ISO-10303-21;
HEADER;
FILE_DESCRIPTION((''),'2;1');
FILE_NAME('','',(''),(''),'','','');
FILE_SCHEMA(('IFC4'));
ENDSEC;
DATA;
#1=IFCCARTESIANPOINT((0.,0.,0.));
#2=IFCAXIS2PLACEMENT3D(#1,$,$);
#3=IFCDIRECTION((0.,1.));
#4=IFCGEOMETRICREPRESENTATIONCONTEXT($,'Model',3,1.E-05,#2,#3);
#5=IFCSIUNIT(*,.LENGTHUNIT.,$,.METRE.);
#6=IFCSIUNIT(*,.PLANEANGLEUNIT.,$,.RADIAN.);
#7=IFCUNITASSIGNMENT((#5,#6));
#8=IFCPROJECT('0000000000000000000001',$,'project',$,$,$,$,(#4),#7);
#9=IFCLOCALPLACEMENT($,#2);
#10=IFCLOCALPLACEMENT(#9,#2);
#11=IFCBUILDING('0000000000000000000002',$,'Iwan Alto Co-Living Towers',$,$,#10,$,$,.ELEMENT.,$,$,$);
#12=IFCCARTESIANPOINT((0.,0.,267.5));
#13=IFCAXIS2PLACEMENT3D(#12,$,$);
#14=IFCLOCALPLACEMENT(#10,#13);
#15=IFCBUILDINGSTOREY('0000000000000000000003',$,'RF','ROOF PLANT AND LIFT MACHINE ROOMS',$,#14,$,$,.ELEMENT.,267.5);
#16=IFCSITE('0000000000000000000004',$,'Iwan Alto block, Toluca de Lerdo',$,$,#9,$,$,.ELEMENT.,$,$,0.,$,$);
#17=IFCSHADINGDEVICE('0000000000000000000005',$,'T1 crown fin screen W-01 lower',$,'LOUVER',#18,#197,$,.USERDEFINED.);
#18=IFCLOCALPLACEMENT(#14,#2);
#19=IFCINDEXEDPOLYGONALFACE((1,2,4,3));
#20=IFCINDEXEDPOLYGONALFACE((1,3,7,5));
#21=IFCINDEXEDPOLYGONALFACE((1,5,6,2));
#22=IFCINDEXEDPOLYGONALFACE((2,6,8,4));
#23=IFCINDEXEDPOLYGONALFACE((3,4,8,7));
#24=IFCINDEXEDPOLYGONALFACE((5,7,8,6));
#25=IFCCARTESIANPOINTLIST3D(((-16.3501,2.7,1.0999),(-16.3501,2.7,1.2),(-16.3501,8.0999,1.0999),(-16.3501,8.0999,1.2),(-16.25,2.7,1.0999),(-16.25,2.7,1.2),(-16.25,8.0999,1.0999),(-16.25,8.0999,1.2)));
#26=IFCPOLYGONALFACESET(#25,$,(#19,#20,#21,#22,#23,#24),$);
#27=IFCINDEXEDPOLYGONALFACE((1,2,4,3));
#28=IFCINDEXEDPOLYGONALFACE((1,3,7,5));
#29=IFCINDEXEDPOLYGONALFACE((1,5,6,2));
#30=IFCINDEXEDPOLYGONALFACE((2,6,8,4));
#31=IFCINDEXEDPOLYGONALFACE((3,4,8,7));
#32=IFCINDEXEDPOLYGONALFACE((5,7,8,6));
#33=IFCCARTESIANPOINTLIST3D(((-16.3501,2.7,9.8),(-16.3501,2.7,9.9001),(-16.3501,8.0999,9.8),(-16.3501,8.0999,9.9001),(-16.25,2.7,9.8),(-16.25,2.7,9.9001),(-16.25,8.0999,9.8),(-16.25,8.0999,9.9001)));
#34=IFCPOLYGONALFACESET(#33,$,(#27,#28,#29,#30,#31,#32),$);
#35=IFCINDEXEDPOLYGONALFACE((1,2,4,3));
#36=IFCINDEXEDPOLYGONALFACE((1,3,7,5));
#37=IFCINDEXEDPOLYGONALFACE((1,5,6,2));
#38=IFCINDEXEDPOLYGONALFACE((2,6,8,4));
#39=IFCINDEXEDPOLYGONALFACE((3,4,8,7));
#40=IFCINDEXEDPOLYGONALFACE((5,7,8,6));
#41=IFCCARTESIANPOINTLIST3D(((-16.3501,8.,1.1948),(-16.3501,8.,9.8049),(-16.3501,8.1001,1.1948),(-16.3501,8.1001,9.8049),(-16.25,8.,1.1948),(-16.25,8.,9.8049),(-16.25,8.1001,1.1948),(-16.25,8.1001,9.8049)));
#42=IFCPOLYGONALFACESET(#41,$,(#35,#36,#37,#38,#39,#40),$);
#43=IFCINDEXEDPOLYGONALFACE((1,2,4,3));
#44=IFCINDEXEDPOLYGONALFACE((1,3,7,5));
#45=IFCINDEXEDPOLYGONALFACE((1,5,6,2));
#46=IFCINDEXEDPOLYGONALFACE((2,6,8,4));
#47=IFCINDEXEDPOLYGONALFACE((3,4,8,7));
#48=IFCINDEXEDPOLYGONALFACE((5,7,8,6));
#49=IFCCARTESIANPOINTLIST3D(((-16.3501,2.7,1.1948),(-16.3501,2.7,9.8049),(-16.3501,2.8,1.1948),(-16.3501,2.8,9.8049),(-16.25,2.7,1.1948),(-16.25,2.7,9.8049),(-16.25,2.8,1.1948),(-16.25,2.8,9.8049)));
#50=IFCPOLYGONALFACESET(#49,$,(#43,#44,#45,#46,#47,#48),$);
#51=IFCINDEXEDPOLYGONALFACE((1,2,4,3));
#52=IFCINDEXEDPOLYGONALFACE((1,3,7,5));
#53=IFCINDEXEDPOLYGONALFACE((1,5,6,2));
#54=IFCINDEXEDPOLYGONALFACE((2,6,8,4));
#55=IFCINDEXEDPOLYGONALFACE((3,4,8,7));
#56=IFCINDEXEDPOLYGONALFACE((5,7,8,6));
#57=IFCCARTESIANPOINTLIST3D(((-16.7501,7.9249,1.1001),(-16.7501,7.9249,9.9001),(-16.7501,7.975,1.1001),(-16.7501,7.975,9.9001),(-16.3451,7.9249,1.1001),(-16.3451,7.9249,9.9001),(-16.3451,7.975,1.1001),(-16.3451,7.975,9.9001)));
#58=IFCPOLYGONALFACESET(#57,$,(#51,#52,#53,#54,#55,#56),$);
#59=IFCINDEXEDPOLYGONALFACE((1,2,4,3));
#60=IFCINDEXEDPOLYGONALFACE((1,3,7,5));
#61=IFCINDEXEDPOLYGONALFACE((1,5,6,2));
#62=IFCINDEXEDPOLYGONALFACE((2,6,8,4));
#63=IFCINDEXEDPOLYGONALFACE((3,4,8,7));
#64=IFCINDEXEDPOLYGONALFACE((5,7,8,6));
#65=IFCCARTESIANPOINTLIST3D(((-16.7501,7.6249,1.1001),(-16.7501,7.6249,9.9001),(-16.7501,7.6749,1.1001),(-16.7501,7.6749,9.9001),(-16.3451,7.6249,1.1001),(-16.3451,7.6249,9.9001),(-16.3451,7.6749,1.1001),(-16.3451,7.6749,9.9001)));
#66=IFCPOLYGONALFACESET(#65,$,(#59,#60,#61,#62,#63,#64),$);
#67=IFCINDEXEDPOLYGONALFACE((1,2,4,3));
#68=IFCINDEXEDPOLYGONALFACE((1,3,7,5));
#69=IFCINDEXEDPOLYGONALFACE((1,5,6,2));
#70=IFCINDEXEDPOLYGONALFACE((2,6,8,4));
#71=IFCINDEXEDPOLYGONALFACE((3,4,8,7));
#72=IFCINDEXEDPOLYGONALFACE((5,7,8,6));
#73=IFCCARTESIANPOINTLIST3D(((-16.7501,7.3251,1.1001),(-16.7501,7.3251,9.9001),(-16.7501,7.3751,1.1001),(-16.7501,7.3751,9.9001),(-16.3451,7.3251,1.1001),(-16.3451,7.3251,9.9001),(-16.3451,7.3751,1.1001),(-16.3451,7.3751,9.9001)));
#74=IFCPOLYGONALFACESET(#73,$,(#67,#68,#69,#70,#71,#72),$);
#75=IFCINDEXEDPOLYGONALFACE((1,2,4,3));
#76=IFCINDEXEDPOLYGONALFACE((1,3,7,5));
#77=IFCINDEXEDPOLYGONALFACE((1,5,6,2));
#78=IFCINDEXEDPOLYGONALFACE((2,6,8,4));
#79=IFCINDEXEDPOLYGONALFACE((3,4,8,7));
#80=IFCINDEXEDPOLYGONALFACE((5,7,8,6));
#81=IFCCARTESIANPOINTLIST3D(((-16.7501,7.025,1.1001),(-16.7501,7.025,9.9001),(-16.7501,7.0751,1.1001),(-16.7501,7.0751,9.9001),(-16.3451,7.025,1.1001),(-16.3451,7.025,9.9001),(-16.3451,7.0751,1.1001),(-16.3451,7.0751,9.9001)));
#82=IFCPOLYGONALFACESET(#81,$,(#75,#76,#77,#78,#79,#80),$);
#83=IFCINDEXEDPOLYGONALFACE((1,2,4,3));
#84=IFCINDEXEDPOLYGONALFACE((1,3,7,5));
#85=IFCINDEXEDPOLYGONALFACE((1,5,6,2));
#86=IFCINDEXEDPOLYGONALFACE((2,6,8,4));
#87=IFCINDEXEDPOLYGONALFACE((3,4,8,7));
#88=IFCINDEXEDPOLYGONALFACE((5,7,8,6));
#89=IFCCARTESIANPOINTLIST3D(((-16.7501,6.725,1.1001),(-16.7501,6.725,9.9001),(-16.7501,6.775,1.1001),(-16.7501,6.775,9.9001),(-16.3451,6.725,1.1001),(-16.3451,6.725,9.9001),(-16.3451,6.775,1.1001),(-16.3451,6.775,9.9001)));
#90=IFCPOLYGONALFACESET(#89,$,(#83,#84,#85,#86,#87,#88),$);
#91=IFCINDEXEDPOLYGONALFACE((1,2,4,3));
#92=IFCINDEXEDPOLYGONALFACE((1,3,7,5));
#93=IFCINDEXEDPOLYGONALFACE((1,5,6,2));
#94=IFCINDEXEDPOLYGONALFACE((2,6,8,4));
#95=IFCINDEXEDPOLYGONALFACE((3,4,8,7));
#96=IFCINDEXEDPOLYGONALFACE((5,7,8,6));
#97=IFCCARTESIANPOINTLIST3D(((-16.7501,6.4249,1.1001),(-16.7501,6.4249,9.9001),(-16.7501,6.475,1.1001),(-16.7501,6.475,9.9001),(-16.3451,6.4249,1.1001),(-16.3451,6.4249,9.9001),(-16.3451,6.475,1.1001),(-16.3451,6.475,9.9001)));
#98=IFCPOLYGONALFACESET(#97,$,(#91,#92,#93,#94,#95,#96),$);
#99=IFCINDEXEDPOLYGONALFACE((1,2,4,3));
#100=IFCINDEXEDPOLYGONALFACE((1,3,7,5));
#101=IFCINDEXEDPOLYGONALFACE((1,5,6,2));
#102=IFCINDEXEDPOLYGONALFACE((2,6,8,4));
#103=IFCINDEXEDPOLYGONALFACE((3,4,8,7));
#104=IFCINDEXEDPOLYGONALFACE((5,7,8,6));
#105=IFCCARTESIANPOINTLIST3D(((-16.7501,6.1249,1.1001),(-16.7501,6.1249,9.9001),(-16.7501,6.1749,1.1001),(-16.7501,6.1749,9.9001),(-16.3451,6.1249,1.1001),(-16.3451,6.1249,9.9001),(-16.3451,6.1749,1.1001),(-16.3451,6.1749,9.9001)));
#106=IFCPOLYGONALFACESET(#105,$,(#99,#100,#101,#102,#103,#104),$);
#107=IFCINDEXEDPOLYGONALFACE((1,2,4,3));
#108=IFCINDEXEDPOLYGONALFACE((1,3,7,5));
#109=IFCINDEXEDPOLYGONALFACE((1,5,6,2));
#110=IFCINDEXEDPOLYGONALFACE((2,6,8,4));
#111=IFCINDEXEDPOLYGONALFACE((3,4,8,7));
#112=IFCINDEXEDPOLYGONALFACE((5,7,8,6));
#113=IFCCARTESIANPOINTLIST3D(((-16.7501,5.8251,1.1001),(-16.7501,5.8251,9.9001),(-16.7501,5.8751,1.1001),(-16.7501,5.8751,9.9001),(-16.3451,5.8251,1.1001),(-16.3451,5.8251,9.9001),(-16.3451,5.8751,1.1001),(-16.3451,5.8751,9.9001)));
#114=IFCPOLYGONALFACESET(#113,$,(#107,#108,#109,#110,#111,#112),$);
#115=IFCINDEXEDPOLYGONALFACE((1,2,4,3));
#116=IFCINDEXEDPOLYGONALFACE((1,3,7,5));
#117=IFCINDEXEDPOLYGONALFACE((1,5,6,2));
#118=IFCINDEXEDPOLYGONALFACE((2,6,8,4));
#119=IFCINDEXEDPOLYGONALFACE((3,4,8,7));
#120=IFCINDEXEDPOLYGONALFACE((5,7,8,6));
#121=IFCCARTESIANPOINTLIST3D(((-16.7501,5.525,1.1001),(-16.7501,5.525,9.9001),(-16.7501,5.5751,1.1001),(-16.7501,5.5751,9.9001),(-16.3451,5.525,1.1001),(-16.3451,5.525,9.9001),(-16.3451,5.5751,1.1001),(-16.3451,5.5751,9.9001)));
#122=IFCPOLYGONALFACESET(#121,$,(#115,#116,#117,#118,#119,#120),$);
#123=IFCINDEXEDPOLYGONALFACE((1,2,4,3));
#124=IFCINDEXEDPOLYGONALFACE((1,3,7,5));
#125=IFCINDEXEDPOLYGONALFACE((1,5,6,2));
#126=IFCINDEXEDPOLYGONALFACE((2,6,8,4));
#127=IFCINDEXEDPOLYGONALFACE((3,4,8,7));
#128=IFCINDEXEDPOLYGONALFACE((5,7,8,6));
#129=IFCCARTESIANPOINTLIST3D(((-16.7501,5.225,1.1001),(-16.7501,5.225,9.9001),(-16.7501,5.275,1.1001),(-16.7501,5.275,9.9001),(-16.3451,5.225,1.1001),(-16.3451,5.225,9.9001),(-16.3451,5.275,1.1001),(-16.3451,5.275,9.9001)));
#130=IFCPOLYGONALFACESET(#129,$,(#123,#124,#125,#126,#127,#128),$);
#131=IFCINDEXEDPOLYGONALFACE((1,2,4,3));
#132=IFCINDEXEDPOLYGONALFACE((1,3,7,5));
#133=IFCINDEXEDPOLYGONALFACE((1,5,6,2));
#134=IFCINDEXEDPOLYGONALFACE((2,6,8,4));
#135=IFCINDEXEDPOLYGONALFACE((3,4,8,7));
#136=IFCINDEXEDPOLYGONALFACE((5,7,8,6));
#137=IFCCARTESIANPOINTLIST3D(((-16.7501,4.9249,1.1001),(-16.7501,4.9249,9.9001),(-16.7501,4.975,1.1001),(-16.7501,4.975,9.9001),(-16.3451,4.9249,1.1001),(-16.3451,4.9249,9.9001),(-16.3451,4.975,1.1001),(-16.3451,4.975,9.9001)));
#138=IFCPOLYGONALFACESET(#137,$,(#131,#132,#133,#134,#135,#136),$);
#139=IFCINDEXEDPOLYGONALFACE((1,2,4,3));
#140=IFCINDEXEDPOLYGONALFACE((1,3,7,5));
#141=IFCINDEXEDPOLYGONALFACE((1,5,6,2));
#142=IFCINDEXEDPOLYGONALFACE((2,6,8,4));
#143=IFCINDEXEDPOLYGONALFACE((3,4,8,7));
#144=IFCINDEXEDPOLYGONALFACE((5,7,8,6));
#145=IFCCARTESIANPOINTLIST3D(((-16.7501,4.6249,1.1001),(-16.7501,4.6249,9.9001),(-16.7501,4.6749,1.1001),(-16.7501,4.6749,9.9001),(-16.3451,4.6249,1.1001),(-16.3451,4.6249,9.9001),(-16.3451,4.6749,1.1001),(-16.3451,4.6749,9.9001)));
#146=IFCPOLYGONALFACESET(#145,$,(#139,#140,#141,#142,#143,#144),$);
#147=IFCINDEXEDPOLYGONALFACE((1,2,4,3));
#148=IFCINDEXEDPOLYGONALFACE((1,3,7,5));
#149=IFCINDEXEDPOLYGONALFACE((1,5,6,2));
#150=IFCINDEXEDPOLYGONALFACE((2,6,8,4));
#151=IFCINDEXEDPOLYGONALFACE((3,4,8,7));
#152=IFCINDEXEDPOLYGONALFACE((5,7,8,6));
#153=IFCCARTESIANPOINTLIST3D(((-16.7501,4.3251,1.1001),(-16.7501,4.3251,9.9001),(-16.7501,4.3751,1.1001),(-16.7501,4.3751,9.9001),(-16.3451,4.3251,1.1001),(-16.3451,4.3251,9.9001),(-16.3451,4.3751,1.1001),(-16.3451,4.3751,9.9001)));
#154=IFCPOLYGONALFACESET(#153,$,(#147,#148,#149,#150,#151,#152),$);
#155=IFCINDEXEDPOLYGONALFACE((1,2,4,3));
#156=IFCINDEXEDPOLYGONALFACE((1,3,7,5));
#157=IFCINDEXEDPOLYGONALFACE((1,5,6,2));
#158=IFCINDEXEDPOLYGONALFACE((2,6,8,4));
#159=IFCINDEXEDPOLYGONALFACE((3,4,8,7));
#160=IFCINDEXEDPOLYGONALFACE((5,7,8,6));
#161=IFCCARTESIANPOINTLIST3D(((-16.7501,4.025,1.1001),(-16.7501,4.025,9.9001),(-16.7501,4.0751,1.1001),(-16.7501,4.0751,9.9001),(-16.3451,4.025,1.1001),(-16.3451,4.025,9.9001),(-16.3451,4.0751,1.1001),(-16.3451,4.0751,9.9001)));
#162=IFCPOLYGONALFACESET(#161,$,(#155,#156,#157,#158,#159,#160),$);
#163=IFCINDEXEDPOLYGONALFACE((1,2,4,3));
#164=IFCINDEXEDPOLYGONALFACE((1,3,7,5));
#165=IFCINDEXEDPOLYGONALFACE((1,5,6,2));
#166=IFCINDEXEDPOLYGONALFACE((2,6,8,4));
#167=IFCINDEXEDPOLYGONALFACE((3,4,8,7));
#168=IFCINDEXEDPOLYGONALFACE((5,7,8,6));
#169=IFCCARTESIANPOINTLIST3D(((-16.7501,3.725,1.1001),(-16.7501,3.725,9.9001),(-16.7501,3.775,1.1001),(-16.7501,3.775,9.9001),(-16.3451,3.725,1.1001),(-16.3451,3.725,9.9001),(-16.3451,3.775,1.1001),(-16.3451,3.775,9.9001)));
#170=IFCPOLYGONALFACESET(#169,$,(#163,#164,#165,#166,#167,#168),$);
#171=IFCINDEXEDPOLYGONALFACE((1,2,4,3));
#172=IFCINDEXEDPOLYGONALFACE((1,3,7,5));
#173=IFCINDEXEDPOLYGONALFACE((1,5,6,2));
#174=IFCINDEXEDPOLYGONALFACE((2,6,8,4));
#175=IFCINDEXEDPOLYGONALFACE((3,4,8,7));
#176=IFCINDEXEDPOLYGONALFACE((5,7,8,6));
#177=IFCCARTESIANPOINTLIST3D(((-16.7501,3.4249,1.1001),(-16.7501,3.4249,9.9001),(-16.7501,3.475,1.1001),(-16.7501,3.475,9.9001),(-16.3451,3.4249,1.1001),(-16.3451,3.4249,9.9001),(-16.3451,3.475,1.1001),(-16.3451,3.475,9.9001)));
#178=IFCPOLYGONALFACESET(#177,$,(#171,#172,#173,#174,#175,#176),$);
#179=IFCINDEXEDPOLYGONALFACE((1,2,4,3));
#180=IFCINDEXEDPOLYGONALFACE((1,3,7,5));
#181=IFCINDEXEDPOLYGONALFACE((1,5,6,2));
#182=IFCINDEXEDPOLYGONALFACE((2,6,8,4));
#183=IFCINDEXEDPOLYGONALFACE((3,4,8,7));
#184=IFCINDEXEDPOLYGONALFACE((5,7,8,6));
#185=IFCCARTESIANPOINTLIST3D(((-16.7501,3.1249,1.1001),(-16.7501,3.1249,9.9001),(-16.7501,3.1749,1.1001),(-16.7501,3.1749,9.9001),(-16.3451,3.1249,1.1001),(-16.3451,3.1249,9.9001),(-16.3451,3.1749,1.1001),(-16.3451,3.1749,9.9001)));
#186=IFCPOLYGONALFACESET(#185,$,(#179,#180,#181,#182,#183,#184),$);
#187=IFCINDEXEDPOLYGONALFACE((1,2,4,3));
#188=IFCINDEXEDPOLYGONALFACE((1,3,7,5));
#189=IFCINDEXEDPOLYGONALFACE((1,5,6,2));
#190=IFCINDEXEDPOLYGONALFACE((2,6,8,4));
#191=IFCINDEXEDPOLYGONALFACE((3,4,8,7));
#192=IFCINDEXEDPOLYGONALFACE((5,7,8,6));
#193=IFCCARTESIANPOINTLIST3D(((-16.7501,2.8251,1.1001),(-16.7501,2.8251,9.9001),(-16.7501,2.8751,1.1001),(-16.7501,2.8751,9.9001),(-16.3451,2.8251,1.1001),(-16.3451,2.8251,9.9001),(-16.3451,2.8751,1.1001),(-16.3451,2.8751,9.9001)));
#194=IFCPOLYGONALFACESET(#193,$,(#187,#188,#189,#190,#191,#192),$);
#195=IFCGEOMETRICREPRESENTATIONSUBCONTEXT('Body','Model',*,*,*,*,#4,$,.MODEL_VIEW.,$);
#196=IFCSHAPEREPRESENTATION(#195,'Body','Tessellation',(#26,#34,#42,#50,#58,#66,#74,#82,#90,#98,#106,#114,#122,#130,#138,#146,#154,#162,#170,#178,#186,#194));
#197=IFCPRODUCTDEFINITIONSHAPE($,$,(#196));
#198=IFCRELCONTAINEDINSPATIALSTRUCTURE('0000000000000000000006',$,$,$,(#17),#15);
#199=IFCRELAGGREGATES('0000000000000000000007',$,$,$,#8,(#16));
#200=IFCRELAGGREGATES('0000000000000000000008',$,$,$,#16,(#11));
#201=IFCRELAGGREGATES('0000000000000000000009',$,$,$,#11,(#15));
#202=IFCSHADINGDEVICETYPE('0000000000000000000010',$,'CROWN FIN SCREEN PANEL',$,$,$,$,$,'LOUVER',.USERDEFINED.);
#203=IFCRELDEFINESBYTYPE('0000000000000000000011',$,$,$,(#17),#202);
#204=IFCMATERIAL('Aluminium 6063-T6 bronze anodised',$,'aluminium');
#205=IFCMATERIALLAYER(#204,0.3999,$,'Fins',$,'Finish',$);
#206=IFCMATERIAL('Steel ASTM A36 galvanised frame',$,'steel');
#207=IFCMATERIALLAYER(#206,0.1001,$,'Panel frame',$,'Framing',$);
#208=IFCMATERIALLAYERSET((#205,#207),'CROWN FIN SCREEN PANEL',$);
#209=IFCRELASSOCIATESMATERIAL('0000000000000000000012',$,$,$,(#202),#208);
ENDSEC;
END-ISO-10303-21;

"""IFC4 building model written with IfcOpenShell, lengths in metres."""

from ifc_helpers import new_model, si_unit, direction, frame, origin, origin_2d, place, context, subcontext, project, spatial, rectangle, extrude, material, layer, layer_set, type_object, element, save


model = new_model("IFC4")

# Units and contexts
model_context = context("Model", 3, precision=1e-05, world=origin(), true_north=direction((0.0, 1.0)))
body_context = subcontext(model_context, "Body", "Model", "MODEL_VIEW")
ifc_project = project(units=[si_unit("LENGTHUNIT", "METRE"), si_unit("PLANEANGLEUNIT", "RADIAN")], contexts=[model_context])

# Site, building, storey
site_placement = place(None, origin())
site = spatial("IfcSite", under=ifc_project, at=site_placement, Name="Iwan Alto block, Toluca de Lerdo", CompositionType="ELEMENT", RefElevation=0.0)
building_placement = place(site_placement, origin())
building = spatial("IfcBuilding", under=site, at=building_placement, Name="Iwan Alto Co-Living Towers", CompositionType="ELEMENT")
storey_placement = place(building_placement, frame((0.0, 0.0, 267.5)))
storey = spatial("IfcBuildingStorey", under=building, at=storey_placement, Name="RF", Description="ROOF PLANT AND LIFT MACHINE ROOMS", CompositionType="ELEMENT", Elevation=267.5)

# Shading device
ifc_material_1 = material(Name="Aluminium 6063-T6 bronze anodised", Category="aluminium")
ifc_layer_1 = layer(ifc_material_1, 0.3999, Name="Fins", Category="Finish")
ifc_material_2 = material(Name="Steel ASTM A36 galvanised frame", Category="steel")
ifc_layer_2 = layer(ifc_material_2, 0.1001, Name="Panel frame", Category="Framing")
ifc_layer_set = layer_set([ifc_layer_1, ifc_layer_2], Name="CROWN FIN SCREEN PANEL")
shading_device_type = type_object("IfcShadingDeviceType", Name="CROWN FIN SCREEN PANEL", ElementType="LOUVER", PredefinedType="USERDEFINED", material=ifc_layer_set)
shading_device_1_placement = place(storey_placement, frame((0.0, 0.0, -267.5)))
element("IfcShadingDevice", 1, at=shading_device_1_placement, inside=storey, type_object=shading_device_type, Name="T1 crown fin screen W-01 lower", ObjectType="LOUVER", PredefinedType="USERDEFINED", context=body_context, shape_type="SweptSolid", body=[
    extrude(rectangle(XDim=5.3999, YDim=0.1001, at=origin_2d()), frame((-16.3, 5.3999, 268.5999), z_axis=(0.0, 0.0, 1.0), x_axis=(0.0, -1.0, 0.0)), (0.0, 0.0, 1.0), 0.1001),
    extrude(rectangle(XDim=5.3999, YDim=0.1001, at=origin_2d()), frame((-16.3, 5.3999, 277.3), z_axis=(0.0, 0.0, 1.0), x_axis=(0.0, -1.0, 0.0)), (0.0, 0.0, 1.0), 0.1001),
    extrude(rectangle(XDim=0.1001, YDim=0.1001, at=origin_2d()), frame((-16.3, 8.05, 268.6948), z_axis=(0.0, 0.0, 1.0), x_axis=(0.0, -1.0, 0.0)), (0.0, 0.0, 1.0), 8.6101),
    extrude(rectangle(XDim=0.1001, YDim=0.1001, at=origin_2d()), frame((-16.3, 2.75, 268.6948), z_axis=(0.0, 0.0, 1.0), x_axis=(0.0, -1.0, 0.0)), (0.0, 0.0, 1.0), 8.6101),
    extrude(rectangle(XDim=0.05, YDim=0.405, at=origin_2d()), frame((-16.5476, 7.95, 268.6001), z_axis=(0.0, 0.0, 1.0), x_axis=(0.0, -1.0, 0.0)), (0.0, 0.0, 1.0), 8.8),
    extrude(rectangle(XDim=0.05, YDim=0.405, at=origin_2d()), frame((-16.5476, 7.6499, 268.6001), z_axis=(0.0, 0.0, 1.0), x_axis=(0.0, -1.0, 0.0)), (0.0, 0.0, 1.0), 8.8),
    extrude(rectangle(XDim=0.05, YDim=0.405, at=origin_2d()), frame((-16.5476, 7.3501, 268.6001), z_axis=(0.0, 0.0, 1.0), x_axis=(0.0, -1.0, 0.0)), (0.0, 0.0, 1.0), 8.8),
    extrude(rectangle(XDim=0.05, YDim=0.405, at=origin_2d()), frame((-16.5476, 7.05, 268.6001), z_axis=(0.0, 0.0, 1.0), x_axis=(0.0, -1.0, 0.0)), (0.0, 0.0, 1.0), 8.8),
    extrude(rectangle(XDim=0.05, YDim=0.405, at=origin_2d()), frame((-16.5476, 6.75, 268.6001), z_axis=(0.0, 0.0, 1.0), x_axis=(0.0, -1.0, 0.0)), (0.0, 0.0, 1.0), 8.8),
    extrude(rectangle(XDim=0.05, YDim=0.405, at=origin_2d()), frame((-16.5476, 6.45, 268.6001), z_axis=(0.0, 0.0, 1.0), x_axis=(0.0, -1.0, 0.0)), (0.0, 0.0, 1.0), 8.8),
    extrude(rectangle(XDim=0.05, YDim=0.405, at=origin_2d()), frame((-16.5476, 6.1499, 268.6001), z_axis=(0.0, 0.0, 1.0), x_axis=(0.0, -1.0, 0.0)), (0.0, 0.0, 1.0), 8.8),
    extrude(rectangle(XDim=0.05, YDim=0.405, at=origin_2d()), frame((-16.5476, 5.8501, 268.6001), z_axis=(0.0, 0.0, 1.0), x_axis=(0.0, -1.0, 0.0)), (0.0, 0.0, 1.0), 8.8),
    extrude(rectangle(XDim=0.05, YDim=0.405, at=origin_2d()), frame((-16.5476, 5.55, 268.6001), z_axis=(0.0, 0.0, 1.0), x_axis=(0.0, -1.0, 0.0)), (0.0, 0.0, 1.0), 8.8),
    extrude(rectangle(XDim=0.05, YDim=0.405, at=origin_2d()), frame((-16.5476, 5.25, 268.6001), z_axis=(0.0, 0.0, 1.0), x_axis=(0.0, -1.0, 0.0)), (0.0, 0.0, 1.0), 8.8),
    extrude(rectangle(XDim=0.05, YDim=0.405, at=origin_2d()), frame((-16.5476, 4.95, 268.6001), z_axis=(0.0, 0.0, 1.0), x_axis=(0.0, -1.0, 0.0)), (0.0, 0.0, 1.0), 8.8),
    extrude(rectangle(XDim=0.05, YDim=0.405, at=origin_2d()), frame((-16.5476, 4.6499, 268.6001), z_axis=(0.0, 0.0, 1.0), x_axis=(0.0, -1.0, 0.0)), (0.0, 0.0, 1.0), 8.8),
    extrude(rectangle(XDim=0.05, YDim=0.405, at=origin_2d()), frame((-16.5476, 4.3501, 268.6001), z_axis=(0.0, 0.0, 1.0), x_axis=(0.0, -1.0, 0.0)), (0.0, 0.0, 1.0), 8.8),
    extrude(rectangle(XDim=0.05, YDim=0.405, at=origin_2d()), frame((-16.5476, 4.05, 268.6001), z_axis=(0.0, 0.0, 1.0), x_axis=(0.0, -1.0, 0.0)), (0.0, 0.0, 1.0), 8.8),
    extrude(rectangle(XDim=0.05, YDim=0.405, at=origin_2d()), frame((-16.5476, 3.75, 268.6001), z_axis=(0.0, 0.0, 1.0), x_axis=(0.0, -1.0, 0.0)), (0.0, 0.0, 1.0), 8.8),
    extrude(rectangle(XDim=0.05, YDim=0.405, at=origin_2d()), frame((-16.5476, 3.45, 268.6001), z_axis=(0.0, 0.0, 1.0), x_axis=(0.0, -1.0, 0.0)), (0.0, 0.0, 1.0), 8.8),
    extrude(rectangle(XDim=0.05, YDim=0.405, at=origin_2d()), frame((-16.5476, 3.1499, 268.6001), z_axis=(0.0, 0.0, 1.0), x_axis=(0.0, -1.0, 0.0)), (0.0, 0.0, 1.0), 8.8),
    extrude(rectangle(XDim=0.05, YDim=0.405, at=origin_2d()), frame((-16.5476, 2.8501, 268.6001), z_axis=(0.0, 0.0, 1.0), x_axis=(0.0, -1.0, 0.0)), (0.0, 0.0, 1.0), 8.8),
])

save(model, "model.ifc")
